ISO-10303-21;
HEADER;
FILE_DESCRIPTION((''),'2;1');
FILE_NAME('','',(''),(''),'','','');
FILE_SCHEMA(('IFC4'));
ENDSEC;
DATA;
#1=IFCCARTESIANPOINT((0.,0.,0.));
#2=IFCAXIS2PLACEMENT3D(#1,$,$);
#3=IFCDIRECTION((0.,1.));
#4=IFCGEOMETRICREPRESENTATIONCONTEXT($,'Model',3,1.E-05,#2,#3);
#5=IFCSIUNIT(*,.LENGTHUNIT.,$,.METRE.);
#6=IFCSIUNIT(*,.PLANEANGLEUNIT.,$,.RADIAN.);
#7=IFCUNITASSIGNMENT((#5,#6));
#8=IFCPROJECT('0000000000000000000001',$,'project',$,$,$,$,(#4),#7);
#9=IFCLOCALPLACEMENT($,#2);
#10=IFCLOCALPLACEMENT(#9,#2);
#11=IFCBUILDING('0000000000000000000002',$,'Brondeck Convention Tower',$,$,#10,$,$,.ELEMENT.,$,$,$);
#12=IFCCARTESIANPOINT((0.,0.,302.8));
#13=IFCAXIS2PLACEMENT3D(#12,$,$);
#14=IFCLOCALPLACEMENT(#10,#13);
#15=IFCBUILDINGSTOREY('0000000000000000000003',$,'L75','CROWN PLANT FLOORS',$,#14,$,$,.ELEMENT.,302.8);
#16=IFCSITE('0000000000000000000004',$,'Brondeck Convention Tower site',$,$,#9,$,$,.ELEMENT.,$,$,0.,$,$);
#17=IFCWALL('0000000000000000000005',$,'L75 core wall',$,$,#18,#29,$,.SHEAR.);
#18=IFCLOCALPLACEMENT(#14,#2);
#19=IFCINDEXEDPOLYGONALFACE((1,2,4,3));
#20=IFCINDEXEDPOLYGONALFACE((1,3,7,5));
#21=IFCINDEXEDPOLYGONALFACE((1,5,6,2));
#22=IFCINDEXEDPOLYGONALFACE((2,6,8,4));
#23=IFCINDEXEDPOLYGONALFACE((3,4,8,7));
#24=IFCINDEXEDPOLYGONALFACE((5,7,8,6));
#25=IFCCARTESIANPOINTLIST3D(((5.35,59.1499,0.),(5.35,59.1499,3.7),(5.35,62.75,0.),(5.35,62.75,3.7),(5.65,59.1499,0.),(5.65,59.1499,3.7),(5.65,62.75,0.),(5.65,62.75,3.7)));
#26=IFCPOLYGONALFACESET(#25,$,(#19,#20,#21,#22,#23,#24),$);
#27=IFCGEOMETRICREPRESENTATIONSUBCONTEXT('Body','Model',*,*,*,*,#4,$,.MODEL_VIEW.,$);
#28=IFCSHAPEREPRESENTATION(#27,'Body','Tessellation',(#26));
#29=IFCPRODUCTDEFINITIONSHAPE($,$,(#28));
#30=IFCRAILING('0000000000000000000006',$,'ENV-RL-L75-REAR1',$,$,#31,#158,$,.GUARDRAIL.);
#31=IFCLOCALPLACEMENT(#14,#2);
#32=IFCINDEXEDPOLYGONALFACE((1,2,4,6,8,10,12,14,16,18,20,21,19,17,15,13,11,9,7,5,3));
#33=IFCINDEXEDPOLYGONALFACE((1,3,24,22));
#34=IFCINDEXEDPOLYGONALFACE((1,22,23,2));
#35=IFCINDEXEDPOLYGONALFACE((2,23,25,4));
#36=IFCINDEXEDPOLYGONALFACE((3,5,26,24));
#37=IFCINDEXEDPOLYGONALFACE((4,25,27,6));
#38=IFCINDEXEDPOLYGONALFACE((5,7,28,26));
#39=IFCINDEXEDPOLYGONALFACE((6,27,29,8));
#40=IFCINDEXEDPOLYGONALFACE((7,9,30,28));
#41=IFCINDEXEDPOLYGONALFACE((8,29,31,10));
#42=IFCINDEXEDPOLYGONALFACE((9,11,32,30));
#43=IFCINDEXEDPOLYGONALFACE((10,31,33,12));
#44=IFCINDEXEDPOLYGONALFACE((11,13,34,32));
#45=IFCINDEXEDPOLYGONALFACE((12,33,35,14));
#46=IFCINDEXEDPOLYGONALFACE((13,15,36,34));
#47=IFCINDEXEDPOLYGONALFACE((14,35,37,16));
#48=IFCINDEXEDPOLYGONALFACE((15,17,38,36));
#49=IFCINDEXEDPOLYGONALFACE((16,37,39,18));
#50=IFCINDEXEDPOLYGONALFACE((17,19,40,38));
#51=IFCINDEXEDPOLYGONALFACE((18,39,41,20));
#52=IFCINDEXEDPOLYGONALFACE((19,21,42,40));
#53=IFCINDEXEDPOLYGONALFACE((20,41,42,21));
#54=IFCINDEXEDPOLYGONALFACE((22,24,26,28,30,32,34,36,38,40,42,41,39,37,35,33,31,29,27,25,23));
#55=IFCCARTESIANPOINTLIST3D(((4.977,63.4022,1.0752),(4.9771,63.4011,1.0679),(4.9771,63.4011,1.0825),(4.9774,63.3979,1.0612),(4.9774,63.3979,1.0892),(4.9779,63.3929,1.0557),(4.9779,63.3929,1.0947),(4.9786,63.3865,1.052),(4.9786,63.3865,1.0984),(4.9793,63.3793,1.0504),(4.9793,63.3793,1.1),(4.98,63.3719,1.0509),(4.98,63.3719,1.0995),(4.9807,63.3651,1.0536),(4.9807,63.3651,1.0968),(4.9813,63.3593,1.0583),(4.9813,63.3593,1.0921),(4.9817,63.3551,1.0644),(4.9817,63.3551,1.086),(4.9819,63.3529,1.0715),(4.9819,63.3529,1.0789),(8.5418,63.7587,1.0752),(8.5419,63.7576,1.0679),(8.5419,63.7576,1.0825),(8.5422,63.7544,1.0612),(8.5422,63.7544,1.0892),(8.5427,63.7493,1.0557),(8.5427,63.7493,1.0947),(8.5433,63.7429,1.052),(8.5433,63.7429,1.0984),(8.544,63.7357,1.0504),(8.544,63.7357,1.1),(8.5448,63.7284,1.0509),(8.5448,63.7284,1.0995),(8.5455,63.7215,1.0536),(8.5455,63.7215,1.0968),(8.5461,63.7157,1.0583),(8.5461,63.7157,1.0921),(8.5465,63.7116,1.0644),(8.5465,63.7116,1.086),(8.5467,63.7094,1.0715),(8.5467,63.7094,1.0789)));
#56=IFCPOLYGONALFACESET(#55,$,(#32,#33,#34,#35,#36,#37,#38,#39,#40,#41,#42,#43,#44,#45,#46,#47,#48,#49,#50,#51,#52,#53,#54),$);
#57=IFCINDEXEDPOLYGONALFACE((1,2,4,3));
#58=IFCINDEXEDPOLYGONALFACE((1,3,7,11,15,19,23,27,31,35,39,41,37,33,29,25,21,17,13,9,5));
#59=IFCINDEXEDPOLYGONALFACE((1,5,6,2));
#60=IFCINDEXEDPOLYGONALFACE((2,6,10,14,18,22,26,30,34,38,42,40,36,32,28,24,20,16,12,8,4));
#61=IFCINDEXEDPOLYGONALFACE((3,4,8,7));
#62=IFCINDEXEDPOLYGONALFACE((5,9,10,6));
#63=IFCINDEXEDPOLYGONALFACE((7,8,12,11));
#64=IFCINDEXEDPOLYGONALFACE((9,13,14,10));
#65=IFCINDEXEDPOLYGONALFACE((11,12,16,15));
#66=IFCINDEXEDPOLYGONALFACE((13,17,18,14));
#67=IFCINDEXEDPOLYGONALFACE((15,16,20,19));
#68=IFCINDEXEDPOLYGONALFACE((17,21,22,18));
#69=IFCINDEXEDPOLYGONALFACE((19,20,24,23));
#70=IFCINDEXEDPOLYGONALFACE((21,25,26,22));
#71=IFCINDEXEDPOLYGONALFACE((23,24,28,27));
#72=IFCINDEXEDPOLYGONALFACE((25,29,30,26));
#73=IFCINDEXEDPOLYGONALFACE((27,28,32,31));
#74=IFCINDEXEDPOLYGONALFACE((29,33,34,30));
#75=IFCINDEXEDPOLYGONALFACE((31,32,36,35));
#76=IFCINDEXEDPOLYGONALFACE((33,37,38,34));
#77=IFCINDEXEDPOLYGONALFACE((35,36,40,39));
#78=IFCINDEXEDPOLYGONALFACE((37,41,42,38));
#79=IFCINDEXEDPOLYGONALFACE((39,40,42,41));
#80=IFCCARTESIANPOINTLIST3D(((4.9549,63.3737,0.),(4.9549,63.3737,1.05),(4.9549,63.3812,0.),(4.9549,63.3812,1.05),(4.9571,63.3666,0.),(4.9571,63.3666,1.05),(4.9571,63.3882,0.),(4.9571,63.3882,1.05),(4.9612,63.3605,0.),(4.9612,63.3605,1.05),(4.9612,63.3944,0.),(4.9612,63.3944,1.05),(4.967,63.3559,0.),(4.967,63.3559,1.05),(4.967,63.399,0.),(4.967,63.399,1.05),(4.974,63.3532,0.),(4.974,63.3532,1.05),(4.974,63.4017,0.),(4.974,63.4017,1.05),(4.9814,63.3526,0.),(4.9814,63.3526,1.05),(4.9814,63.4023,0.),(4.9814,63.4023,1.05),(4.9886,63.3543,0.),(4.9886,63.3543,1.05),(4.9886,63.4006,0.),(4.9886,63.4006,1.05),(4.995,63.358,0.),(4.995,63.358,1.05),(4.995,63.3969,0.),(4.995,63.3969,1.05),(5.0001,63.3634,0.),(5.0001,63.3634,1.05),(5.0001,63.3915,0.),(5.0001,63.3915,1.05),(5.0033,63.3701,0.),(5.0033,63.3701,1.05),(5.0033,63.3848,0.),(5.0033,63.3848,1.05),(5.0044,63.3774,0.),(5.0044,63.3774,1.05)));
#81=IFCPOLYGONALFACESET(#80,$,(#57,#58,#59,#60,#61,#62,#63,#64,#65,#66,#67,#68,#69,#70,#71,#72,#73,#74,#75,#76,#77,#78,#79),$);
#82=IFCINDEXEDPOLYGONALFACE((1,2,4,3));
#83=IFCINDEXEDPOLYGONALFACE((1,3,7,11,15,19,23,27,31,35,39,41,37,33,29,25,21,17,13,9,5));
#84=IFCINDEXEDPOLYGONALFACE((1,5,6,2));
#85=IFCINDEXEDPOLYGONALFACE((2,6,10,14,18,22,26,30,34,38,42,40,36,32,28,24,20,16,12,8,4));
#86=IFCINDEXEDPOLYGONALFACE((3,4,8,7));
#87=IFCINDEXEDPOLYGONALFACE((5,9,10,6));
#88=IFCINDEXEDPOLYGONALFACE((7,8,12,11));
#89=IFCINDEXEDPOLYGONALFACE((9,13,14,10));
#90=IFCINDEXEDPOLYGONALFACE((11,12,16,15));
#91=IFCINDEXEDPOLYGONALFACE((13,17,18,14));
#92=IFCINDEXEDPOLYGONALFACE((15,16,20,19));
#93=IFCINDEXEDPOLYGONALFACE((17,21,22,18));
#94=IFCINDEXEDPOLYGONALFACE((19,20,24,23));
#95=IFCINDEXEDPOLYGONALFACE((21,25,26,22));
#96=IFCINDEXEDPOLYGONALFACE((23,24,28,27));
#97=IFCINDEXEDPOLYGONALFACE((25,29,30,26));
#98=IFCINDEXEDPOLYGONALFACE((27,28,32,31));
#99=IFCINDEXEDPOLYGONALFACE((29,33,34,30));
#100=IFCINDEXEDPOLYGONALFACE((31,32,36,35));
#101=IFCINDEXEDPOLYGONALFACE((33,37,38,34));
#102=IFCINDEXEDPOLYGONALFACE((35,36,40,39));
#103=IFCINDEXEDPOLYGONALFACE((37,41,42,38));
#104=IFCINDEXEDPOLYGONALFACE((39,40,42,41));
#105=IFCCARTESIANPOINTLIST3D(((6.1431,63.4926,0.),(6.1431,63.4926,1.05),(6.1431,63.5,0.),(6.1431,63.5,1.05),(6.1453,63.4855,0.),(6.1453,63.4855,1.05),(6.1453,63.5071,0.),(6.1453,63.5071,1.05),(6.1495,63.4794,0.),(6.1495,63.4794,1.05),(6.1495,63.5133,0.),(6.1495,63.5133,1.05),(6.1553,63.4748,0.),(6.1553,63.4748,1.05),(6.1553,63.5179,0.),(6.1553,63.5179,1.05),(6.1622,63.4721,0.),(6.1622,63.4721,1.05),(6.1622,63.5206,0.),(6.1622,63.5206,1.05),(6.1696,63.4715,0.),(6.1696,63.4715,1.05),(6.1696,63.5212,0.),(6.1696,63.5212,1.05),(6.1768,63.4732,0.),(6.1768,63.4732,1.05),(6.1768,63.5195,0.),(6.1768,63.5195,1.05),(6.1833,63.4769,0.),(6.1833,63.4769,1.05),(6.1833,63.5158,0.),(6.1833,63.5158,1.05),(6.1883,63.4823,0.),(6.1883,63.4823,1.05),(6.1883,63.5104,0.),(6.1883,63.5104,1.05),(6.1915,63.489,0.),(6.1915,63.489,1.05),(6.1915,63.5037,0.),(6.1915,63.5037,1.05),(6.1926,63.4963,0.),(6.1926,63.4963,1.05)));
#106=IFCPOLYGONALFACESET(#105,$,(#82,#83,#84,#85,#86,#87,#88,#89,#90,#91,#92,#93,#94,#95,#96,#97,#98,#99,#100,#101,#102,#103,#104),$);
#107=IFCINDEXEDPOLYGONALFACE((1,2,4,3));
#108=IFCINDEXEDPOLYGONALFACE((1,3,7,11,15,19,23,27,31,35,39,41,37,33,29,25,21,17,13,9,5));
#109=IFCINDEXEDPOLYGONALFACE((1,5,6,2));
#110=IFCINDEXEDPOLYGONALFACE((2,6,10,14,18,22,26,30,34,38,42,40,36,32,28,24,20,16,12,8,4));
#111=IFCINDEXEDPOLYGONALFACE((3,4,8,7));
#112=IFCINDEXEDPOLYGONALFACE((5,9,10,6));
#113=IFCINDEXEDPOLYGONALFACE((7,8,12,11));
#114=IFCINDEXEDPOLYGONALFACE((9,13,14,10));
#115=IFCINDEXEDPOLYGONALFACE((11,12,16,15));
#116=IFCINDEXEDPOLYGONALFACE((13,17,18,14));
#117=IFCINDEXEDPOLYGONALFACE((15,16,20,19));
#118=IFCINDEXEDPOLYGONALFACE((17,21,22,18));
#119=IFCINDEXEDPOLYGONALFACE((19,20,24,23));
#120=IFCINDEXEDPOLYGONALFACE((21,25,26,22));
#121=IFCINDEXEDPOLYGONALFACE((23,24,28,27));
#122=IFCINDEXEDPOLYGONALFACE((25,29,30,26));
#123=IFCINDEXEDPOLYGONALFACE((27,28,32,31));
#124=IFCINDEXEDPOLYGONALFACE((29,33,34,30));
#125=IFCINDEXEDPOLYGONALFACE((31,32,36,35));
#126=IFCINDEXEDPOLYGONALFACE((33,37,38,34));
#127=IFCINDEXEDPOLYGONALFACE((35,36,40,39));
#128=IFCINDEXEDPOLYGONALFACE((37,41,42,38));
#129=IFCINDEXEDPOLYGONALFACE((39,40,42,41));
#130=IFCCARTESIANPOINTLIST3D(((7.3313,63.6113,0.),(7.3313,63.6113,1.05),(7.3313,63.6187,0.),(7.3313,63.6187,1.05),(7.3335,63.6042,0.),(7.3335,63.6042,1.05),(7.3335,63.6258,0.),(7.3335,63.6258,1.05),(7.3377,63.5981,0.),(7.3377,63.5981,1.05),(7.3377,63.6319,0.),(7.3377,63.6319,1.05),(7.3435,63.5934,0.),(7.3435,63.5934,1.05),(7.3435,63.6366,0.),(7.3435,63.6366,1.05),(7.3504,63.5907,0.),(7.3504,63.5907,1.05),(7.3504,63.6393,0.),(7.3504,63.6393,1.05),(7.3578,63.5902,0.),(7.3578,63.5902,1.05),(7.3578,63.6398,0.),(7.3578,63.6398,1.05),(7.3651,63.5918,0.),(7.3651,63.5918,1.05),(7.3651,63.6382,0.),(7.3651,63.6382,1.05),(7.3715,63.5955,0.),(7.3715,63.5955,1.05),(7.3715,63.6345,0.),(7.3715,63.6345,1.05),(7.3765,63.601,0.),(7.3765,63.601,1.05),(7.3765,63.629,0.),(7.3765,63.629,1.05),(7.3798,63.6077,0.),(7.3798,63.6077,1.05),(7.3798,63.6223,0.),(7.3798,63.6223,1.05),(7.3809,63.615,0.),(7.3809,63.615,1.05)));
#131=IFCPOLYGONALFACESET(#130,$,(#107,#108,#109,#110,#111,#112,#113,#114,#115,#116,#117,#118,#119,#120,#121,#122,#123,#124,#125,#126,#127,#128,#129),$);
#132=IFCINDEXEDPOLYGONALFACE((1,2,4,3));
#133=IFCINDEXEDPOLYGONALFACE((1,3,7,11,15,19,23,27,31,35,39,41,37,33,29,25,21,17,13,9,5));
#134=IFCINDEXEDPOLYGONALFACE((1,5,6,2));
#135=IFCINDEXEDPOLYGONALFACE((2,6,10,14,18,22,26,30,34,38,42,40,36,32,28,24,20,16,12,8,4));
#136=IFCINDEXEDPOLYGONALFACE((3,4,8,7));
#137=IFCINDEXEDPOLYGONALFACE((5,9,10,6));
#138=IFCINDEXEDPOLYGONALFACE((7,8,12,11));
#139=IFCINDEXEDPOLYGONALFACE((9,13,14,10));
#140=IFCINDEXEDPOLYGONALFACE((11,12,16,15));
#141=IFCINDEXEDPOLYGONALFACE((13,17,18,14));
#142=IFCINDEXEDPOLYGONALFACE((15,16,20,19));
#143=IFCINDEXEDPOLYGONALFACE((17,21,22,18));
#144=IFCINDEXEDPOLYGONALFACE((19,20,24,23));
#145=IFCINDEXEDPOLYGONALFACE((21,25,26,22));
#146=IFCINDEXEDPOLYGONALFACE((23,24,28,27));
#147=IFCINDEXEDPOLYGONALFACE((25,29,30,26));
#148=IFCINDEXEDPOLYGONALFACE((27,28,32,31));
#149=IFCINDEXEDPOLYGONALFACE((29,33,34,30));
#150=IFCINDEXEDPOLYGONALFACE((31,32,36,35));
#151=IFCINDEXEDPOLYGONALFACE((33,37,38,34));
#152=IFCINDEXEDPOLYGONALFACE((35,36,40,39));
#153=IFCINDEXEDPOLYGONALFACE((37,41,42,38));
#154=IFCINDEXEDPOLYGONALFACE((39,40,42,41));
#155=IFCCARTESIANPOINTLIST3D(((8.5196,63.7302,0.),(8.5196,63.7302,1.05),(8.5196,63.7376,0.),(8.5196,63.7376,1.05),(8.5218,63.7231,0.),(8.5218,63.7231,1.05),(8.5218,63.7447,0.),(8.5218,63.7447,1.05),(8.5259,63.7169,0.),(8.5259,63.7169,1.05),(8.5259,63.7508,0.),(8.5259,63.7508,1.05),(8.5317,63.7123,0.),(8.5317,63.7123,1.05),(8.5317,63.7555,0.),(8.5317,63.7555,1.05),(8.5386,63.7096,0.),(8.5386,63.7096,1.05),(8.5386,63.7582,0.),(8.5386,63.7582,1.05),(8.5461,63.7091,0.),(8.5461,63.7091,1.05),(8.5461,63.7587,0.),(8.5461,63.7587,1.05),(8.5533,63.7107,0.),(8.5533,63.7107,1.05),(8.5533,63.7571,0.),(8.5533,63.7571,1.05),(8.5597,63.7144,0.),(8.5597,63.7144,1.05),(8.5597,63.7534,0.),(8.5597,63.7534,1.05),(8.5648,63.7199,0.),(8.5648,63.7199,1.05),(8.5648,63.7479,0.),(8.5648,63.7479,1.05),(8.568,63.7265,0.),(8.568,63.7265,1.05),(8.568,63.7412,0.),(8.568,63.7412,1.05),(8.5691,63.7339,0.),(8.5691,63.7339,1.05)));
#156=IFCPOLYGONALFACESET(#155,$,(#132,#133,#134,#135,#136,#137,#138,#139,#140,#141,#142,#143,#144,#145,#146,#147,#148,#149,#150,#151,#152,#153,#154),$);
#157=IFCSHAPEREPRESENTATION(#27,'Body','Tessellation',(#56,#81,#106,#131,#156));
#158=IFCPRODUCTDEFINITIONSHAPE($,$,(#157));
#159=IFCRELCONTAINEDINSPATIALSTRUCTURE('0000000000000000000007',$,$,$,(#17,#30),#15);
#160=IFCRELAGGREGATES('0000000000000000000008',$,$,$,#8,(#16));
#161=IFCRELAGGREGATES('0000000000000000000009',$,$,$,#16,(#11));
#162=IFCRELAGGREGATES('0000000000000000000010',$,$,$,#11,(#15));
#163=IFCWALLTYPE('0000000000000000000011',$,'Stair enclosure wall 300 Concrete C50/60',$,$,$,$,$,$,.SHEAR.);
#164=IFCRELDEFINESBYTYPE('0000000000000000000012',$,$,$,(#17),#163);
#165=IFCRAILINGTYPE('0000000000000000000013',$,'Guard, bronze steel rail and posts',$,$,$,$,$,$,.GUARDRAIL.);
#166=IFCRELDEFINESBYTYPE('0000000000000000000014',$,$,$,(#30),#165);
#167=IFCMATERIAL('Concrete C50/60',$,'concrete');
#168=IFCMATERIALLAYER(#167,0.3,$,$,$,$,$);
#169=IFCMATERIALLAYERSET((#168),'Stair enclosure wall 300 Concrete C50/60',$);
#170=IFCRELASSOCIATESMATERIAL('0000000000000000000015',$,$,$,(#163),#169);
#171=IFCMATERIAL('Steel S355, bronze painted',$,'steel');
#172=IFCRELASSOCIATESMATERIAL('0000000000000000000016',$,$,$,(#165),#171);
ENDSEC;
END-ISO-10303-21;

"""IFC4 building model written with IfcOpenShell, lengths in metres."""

from ifc_helpers import new_model, si_unit, direction, frame, frame_2d, origin, origin_2d, place, context, subcontext, project, spatial, rectangle, circle, extrude, material, layer, layer_set, type_object, element, save


model = new_model("IFC4")

# Units and contexts
model_context = context("Model", 3, precision=1e-05, world=origin(), true_north=direction((0.0, 1.0)))
body_context = subcontext(model_context, "Body", "Model", "MODEL_VIEW")
ifc_project = project(units=[si_unit("LENGTHUNIT", "METRE"), si_unit("PLANEANGLEUNIT", "RADIAN")], contexts=[model_context])

# Site, building, storey
site_placement = place(None, origin())
site = spatial("IfcSite", under=ifc_project, at=site_placement, Name="Brondeck Convention Tower site", CompositionType="ELEMENT", RefElevation=0.0)
building_placement = place(site_placement, origin())
building = spatial("IfcBuilding", under=site, at=building_placement, Name="Brondeck Convention Tower", CompositionType="ELEMENT")
storey_placement = place(building_placement, frame((0.0, 0.0, 302.8)))
storey = spatial("IfcBuildingStorey", under=building, at=storey_placement, Name="L75", Description="CROWN PLANT FLOORS", CompositionType="ELEMENT", Elevation=302.8)

# Shared definitions
ifc_material_1 = material(Name="Concrete C50/60", Category="concrete")

# Shared definitions
ifc_layer_1 = layer(ifc_material_1, 0.3)
ifc_layer_set_1 = layer_set([ifc_layer_1], Name="Stair enclosure wall 300 Concrete C50/60")
wall_type_1 = type_object("IfcWallType", Name="Stair enclosure wall 300 Concrete C50/60", PredefinedType="SHEAR", material=ifc_layer_set_1)

# Wall
wall_1_placement = place(storey_placement, frame((5.5, 59.1499, 0.0), z_axis=(0.0, 0.0, 1.0), x_axis=(0.0, 1.0, 0.0)))
element("IfcWall", 1, at=wall_1_placement, inside=storey, type_object=wall_type_1, Name="L75 core wall", PredefinedType="SHEAR", context=body_context, shape_type="SweptSolid", body=[
    extrude(rectangle(XDim=3.6001, YDim=0.3, at=frame_2d((1.8, 0.0))), origin(), (0.0, 0.0, 1.0), 3.7),
])

# Railing
ifc_material_2 = material(Name="Steel S355, bronze painted", Category="steel")
railing_type = type_object("IfcRailingType", Name="Guard, bronze steel rail and posts", PredefinedType="GUARDRAIL", material=ifc_material_2)
railing_placement = place(storey_placement, frame((4.9795, 63.3774, 0.0)))
element("IfcRailing", 2, at=railing_placement, inside=storey, type_object=railing_type, Name="ENV-RL-L75-REAR1", PredefinedType="GUARDRAIL", context=body_context, shape_type="SweptSolid", body=[
    extrude(circle(Radius=0.0249, at=origin_2d()), frame((0.0, 0.0, 1.0752), z_axis=(0.995038, 0.099497, 0.0), x_axis=(-0.099497, 0.995038, 0.0)), (0.0, 0.0, 1.0), 3.5825),
    extrude(circle(Radius=0.0249, at=origin_2d()), origin(), (0.0, 0.0, 1.0), 1.05),
    extrude(circle(Radius=0.0249, at=origin_2d()), frame((1.1882, 0.1189, 0.0)), (0.0, 0.0, 1.0), 1.05),
    extrude(circle(Radius=0.0249, at=origin_2d()), frame((2.3765, 0.2375, 0.0)), (0.0, 0.0, 1.0), 1.05),
    extrude(circle(Radius=0.0249, at=origin_2d()), frame((3.5647, 0.3564, 0.0)), (0.0, 0.0, 1.0), 1.05),
])

save(model, "model.ifc")
